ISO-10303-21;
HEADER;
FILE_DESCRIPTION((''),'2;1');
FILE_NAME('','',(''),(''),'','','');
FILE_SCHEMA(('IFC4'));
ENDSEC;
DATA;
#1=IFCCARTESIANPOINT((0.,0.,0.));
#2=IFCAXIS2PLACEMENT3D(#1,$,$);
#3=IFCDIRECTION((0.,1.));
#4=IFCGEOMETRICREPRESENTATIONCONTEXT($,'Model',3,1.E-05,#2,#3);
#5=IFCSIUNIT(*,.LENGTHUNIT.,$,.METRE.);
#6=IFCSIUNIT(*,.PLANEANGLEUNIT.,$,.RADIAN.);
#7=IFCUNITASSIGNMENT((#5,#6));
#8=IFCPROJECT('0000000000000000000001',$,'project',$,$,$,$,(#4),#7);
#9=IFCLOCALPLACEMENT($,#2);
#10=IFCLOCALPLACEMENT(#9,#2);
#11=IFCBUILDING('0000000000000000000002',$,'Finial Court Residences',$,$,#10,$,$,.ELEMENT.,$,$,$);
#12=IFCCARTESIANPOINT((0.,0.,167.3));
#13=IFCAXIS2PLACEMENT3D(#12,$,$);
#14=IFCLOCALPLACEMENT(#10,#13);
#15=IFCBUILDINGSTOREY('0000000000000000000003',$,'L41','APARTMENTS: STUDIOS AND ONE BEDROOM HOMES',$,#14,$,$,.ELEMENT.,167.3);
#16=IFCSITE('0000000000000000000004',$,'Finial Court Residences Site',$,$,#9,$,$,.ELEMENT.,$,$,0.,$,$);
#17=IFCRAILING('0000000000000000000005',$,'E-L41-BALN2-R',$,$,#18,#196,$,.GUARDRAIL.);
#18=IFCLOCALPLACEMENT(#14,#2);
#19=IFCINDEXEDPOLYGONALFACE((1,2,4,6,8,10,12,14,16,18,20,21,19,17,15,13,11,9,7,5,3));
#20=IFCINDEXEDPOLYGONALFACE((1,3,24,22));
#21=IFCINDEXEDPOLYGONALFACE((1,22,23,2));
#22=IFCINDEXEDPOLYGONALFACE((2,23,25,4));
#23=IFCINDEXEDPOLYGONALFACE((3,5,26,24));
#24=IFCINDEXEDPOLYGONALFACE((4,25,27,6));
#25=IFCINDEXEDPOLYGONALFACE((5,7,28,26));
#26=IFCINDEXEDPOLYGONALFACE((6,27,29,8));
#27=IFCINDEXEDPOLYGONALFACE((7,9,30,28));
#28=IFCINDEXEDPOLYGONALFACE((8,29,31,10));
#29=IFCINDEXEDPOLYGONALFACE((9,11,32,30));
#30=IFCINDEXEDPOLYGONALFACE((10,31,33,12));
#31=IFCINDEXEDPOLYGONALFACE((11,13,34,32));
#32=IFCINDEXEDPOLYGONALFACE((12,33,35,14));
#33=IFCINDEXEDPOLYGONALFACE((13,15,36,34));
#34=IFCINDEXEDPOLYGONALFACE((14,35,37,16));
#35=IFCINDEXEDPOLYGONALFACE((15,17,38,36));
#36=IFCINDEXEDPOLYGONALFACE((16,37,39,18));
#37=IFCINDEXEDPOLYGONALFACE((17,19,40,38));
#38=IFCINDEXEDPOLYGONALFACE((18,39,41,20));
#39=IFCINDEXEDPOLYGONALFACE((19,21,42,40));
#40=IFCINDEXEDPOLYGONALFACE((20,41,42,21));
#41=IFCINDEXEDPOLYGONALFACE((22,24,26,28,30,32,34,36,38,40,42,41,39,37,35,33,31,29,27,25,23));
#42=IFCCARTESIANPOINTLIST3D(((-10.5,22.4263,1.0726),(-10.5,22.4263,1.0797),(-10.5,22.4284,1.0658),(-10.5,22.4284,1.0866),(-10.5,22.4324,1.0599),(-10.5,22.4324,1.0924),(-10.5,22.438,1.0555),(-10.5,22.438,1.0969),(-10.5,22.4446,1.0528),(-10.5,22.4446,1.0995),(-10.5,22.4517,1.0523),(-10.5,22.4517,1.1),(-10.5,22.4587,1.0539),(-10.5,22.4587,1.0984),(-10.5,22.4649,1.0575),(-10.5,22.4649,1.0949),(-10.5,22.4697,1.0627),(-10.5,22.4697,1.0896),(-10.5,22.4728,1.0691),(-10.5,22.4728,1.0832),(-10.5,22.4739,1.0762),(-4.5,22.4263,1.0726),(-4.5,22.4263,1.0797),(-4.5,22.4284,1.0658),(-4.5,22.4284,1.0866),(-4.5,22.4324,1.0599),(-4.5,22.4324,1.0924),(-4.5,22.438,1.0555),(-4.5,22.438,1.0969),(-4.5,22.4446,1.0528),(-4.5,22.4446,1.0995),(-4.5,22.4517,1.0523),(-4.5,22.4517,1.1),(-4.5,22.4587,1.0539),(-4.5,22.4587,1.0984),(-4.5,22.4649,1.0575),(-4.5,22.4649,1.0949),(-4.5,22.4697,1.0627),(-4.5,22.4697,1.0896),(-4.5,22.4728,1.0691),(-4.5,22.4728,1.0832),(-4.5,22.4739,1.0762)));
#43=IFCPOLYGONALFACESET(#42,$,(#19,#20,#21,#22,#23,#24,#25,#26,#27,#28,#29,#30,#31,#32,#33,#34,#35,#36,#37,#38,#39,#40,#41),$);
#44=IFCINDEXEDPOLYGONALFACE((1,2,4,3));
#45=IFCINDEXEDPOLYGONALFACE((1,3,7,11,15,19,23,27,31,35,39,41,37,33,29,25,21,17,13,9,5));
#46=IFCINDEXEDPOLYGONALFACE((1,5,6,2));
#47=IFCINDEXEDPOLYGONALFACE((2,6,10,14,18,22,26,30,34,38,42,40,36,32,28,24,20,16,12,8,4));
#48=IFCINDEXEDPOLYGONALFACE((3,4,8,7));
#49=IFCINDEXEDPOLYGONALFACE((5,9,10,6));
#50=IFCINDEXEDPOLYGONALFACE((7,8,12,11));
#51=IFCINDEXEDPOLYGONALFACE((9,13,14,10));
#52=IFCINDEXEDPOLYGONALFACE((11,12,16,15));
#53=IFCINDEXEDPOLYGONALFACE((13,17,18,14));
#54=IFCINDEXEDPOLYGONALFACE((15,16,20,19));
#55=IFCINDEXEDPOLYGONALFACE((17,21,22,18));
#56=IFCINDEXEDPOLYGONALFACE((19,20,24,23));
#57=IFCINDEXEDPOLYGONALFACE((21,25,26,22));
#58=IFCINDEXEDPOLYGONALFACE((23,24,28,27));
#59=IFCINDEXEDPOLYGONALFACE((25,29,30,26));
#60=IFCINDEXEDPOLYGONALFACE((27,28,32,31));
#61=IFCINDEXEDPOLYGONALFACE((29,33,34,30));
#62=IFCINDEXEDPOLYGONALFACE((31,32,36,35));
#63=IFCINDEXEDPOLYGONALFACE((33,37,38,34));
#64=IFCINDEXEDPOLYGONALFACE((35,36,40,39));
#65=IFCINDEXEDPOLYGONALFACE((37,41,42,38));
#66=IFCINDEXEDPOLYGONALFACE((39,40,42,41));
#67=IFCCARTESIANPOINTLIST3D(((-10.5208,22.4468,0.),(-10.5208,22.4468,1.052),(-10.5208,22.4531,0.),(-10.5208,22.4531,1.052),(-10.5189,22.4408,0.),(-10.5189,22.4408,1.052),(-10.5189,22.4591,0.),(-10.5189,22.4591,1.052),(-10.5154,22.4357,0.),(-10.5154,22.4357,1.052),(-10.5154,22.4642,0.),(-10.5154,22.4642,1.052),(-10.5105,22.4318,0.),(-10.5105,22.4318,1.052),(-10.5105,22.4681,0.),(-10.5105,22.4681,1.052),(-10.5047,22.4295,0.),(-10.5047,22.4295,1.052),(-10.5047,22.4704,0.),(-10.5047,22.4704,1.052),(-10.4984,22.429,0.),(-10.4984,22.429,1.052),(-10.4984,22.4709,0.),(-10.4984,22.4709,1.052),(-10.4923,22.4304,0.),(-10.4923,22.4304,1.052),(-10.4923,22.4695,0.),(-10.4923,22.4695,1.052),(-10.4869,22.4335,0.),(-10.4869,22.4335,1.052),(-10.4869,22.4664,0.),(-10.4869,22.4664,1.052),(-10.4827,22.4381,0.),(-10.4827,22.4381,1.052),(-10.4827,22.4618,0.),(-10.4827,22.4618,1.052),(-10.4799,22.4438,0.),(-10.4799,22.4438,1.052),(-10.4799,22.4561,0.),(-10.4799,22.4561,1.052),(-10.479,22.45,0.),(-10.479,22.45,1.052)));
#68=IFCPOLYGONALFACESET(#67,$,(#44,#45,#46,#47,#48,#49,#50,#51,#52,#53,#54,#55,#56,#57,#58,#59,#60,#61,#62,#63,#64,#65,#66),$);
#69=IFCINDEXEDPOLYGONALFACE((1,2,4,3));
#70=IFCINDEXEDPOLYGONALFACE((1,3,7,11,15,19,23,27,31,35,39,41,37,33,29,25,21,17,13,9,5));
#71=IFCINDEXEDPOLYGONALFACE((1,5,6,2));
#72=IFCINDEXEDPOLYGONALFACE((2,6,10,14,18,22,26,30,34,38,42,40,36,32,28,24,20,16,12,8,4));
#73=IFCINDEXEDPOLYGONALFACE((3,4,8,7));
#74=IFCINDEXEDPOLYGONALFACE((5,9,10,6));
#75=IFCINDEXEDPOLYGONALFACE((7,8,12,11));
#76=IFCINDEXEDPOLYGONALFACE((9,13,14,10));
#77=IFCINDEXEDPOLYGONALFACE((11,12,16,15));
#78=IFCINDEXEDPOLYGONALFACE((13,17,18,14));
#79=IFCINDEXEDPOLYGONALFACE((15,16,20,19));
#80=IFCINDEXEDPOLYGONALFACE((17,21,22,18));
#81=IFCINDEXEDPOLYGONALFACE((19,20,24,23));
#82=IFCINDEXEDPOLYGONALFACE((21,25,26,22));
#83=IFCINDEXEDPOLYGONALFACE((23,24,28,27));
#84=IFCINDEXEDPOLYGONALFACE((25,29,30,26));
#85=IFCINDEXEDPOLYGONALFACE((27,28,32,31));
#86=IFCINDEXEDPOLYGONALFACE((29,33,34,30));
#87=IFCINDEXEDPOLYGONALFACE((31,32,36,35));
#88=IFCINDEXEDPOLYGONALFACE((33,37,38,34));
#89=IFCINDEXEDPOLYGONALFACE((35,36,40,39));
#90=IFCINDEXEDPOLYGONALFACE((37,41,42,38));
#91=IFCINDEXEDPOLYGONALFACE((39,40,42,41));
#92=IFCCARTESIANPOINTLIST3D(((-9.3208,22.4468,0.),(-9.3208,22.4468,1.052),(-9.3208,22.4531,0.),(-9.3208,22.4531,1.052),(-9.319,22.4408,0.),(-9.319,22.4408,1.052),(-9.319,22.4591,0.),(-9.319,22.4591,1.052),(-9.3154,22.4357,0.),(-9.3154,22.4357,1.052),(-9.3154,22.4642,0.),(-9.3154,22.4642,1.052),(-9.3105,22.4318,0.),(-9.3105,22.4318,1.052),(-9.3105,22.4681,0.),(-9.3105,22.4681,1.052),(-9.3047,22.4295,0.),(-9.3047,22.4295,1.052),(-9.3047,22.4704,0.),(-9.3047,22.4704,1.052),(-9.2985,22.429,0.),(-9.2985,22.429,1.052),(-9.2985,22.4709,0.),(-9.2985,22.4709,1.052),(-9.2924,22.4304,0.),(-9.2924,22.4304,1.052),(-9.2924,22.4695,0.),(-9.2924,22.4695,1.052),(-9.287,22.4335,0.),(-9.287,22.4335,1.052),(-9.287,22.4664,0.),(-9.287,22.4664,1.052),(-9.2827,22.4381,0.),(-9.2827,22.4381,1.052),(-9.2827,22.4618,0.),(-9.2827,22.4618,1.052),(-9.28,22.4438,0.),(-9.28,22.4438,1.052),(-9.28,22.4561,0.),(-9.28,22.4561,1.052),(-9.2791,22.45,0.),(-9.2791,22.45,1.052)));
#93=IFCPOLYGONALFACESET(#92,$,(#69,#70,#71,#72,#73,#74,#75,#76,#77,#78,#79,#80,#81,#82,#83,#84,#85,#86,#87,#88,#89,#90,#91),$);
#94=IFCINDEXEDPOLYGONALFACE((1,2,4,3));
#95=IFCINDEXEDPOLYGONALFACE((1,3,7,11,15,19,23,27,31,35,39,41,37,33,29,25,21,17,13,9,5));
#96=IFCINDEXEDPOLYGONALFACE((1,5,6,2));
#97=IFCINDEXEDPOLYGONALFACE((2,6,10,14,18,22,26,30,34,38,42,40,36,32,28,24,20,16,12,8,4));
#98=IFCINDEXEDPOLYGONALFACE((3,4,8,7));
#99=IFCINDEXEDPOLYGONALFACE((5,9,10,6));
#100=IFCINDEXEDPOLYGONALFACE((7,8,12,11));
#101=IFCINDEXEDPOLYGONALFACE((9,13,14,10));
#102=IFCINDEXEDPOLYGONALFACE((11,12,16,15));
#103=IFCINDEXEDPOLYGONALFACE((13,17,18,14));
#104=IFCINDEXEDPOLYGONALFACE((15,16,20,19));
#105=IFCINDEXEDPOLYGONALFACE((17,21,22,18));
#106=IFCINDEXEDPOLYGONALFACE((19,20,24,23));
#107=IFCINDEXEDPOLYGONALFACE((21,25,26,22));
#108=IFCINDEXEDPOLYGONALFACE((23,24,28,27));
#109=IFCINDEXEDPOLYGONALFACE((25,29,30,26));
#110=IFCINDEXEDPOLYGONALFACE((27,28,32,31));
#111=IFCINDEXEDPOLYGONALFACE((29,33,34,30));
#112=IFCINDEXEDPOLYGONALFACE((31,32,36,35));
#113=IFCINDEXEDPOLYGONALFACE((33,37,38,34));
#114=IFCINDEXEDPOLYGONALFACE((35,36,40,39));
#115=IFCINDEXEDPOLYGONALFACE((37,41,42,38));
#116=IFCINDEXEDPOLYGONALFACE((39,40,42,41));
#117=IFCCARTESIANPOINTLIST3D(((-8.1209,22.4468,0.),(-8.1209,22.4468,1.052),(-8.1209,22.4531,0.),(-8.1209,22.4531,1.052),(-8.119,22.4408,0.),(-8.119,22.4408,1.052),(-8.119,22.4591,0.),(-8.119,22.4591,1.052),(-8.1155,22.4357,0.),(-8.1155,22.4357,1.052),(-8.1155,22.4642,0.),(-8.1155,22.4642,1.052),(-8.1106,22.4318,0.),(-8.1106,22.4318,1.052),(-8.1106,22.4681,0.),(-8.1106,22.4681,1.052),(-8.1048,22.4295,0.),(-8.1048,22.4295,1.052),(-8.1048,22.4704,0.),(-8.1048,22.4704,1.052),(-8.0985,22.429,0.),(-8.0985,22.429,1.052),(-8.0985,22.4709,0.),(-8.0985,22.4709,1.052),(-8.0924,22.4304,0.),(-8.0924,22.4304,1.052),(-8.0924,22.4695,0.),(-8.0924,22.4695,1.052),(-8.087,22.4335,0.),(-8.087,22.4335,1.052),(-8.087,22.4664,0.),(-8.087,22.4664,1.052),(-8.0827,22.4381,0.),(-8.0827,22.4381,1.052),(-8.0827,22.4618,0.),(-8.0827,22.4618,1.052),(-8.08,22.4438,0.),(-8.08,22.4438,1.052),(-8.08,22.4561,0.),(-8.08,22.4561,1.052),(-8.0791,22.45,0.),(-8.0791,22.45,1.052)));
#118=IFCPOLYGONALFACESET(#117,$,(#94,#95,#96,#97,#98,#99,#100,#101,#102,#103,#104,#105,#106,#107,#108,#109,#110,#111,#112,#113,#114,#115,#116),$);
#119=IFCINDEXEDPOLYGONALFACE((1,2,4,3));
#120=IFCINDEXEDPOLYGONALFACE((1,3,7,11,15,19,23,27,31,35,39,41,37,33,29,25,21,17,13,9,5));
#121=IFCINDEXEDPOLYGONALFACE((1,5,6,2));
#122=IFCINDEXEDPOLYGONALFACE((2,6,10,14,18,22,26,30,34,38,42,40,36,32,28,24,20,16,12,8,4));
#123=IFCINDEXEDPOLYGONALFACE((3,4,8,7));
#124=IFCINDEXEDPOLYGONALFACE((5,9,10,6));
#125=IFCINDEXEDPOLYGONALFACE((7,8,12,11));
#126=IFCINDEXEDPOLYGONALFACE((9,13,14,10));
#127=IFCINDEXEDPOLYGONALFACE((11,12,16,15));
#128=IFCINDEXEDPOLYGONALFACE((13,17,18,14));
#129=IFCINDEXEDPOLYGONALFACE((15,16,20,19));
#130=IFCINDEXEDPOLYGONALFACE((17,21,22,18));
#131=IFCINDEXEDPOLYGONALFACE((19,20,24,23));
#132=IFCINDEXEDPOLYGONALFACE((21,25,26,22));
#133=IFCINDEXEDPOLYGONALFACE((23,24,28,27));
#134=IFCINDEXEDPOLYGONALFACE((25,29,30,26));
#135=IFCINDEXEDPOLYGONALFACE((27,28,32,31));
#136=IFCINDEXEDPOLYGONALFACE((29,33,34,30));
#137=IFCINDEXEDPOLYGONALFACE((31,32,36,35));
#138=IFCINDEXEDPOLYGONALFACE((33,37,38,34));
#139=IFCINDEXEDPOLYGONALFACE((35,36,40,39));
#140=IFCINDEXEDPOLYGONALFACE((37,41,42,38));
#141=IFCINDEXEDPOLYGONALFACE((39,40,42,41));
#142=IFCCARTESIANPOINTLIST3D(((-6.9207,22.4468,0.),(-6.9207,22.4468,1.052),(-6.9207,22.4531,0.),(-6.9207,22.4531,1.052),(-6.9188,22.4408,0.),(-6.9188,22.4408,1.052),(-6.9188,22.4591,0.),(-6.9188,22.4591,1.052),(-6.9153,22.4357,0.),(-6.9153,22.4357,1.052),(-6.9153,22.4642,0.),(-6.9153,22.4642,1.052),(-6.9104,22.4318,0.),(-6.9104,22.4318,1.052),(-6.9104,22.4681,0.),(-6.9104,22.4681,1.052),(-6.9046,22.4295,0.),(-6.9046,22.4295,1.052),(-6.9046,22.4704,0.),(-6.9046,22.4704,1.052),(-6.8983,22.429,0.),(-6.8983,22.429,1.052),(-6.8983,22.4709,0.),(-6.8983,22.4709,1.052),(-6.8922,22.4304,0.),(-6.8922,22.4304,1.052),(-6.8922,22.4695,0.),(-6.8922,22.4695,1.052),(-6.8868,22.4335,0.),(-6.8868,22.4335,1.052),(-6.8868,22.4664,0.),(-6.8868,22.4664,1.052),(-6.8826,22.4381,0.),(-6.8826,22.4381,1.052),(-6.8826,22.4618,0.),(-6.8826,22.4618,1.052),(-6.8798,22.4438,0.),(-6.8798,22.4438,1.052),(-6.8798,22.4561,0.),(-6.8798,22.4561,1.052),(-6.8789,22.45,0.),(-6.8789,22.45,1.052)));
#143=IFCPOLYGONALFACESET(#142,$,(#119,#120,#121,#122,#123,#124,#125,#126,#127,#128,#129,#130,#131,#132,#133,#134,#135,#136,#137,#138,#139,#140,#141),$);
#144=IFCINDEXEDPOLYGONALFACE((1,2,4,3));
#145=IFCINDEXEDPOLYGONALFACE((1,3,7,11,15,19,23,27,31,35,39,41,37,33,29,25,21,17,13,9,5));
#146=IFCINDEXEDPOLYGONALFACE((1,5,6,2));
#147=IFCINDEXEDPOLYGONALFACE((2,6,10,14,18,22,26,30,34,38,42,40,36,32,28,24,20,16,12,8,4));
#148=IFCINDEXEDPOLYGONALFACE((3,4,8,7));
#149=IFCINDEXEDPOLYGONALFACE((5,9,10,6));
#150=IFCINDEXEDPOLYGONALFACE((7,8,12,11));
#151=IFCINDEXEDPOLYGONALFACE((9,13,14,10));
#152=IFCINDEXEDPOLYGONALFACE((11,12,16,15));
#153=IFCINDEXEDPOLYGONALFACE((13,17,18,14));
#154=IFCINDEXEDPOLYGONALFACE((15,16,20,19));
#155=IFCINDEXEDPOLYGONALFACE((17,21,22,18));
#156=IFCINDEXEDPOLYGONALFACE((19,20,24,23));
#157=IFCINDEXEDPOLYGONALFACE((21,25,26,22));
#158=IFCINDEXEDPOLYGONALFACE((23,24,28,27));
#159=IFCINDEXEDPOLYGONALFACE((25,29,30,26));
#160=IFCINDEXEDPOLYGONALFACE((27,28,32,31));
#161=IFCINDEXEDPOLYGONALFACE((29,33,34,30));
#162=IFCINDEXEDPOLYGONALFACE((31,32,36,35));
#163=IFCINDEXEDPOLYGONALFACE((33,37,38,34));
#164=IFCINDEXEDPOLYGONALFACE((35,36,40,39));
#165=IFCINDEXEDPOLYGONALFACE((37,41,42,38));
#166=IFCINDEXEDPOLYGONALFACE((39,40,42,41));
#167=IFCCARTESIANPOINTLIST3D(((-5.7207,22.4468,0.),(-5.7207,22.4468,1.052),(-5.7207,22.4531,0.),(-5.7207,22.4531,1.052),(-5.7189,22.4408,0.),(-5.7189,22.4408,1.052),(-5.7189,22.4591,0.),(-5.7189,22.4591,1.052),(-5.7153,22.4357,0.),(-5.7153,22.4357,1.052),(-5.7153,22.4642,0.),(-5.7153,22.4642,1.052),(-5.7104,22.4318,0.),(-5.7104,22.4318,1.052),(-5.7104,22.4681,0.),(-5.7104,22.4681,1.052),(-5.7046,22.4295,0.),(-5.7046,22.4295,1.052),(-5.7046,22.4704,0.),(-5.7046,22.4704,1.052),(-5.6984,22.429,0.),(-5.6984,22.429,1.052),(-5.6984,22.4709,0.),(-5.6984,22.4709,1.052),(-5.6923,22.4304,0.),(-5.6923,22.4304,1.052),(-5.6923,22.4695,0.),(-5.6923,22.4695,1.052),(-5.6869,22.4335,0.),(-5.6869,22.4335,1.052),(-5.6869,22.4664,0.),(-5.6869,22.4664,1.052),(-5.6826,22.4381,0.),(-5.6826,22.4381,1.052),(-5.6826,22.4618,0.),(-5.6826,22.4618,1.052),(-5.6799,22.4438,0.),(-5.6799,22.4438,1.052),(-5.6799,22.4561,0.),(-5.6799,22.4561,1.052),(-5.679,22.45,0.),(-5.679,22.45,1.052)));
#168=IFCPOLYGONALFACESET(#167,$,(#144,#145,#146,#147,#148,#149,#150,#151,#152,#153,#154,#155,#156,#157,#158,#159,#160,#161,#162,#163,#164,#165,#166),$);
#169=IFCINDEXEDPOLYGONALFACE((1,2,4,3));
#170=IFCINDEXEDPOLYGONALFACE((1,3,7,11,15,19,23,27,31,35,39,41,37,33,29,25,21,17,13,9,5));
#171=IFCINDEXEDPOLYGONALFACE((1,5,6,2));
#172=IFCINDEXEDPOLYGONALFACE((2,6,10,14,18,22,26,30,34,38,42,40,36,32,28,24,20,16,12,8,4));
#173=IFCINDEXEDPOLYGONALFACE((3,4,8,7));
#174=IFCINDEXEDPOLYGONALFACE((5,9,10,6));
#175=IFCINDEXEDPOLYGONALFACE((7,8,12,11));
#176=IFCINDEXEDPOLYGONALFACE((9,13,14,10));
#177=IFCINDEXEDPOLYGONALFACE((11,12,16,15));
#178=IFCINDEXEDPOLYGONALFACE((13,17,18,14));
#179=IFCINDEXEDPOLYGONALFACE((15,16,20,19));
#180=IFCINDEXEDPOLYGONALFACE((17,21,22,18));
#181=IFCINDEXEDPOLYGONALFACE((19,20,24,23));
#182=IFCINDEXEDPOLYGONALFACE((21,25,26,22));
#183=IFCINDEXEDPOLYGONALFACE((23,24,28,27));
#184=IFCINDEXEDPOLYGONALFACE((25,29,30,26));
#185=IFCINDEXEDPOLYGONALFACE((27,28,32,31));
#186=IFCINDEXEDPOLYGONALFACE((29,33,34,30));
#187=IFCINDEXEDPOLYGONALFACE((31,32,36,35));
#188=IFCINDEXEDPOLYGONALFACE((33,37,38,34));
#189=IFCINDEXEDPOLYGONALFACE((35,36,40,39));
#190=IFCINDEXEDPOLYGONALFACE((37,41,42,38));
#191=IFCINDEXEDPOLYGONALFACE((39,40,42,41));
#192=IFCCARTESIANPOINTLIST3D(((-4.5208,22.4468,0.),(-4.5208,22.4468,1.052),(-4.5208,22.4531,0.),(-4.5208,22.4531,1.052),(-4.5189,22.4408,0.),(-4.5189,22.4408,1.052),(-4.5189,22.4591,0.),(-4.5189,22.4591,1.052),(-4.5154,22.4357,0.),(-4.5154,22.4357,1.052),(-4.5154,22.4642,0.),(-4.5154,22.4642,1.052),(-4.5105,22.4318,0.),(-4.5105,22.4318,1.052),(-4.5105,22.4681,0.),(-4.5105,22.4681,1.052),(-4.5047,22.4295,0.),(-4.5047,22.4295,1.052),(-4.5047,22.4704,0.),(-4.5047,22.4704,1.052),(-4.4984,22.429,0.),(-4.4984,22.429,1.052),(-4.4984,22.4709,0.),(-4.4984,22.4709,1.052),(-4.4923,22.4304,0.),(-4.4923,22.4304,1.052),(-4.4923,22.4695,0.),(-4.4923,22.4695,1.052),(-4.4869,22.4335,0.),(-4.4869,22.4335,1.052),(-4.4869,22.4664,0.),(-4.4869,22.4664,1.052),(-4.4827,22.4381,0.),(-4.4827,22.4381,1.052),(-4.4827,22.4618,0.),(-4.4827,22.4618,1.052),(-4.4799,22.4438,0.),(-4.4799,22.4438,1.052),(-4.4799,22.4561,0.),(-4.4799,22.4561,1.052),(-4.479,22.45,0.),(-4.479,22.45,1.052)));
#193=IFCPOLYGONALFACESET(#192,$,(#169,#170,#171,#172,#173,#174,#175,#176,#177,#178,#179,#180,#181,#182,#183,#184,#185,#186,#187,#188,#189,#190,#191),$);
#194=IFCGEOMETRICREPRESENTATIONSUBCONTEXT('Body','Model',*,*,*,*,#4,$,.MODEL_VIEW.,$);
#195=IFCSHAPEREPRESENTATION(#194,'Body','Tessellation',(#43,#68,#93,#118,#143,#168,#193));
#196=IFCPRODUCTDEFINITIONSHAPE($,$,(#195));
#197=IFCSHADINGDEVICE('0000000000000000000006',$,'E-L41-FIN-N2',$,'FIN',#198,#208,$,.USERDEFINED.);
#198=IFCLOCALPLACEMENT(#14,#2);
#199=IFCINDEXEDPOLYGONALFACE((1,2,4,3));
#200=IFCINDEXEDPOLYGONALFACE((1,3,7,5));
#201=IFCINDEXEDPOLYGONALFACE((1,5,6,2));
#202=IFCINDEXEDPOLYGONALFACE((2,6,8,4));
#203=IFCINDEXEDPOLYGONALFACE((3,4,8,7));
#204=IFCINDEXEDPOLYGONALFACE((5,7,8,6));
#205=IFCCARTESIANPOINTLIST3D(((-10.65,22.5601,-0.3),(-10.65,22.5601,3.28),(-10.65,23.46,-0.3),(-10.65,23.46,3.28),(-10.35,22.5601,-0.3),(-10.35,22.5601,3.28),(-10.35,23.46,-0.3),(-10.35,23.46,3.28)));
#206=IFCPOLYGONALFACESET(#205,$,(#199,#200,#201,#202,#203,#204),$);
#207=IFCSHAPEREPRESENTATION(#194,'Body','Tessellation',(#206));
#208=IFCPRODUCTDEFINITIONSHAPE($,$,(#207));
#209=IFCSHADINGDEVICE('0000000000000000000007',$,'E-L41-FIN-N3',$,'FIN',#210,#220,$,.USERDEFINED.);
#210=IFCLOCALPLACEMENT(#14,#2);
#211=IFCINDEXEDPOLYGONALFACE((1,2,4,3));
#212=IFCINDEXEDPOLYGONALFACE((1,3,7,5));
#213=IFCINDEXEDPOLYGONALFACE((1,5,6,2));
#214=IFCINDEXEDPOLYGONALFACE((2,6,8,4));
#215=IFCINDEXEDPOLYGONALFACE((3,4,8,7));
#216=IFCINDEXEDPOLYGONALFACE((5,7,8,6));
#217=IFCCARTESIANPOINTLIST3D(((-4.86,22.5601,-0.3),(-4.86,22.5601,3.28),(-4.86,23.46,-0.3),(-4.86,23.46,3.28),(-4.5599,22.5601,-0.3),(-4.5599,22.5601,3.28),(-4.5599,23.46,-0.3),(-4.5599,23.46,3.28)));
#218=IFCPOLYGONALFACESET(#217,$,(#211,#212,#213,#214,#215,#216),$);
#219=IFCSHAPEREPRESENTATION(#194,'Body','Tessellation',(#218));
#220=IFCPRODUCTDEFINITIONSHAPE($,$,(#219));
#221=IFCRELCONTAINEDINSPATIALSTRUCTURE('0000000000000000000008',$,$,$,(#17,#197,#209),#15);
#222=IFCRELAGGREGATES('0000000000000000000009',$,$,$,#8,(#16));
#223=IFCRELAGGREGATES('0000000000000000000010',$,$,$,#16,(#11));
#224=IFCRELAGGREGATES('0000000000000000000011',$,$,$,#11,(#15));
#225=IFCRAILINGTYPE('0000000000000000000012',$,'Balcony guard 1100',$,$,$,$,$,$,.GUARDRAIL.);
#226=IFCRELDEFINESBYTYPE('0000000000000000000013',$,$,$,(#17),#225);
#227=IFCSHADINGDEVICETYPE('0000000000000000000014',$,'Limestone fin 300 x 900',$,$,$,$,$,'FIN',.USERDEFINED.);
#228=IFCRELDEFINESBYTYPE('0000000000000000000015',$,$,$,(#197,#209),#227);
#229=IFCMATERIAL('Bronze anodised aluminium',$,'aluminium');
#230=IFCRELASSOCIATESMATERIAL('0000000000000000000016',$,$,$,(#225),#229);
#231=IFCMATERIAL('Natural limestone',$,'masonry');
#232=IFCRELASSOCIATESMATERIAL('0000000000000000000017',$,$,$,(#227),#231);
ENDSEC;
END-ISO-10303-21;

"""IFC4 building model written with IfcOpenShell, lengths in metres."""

from ifc_helpers import new_model, si_unit, direction, frame, origin, origin_2d, place, context, subcontext, project, spatial, rectangle, circle, extrude, material, type_object, element, save


model = new_model("IFC4")

# Units and contexts
model_context = context("Model", 3, precision=1e-05, world=origin(), true_north=direction((0.0, 1.0)))
body_context = subcontext(model_context, "Body", "Model", "MODEL_VIEW")
ifc_project = project(units=[si_unit("LENGTHUNIT", "METRE"), si_unit("PLANEANGLEUNIT", "RADIAN")], contexts=[model_context])

# Site, building, storey
site_placement = place(None, origin())
site = spatial("IfcSite", under=ifc_project, at=site_placement, Name="Finial Court Residences Site", CompositionType="ELEMENT", RefElevation=0.0)
building_placement = place(site_placement, origin())
building = spatial("IfcBuilding", under=site, at=building_placement, Name="Finial Court Residences", CompositionType="ELEMENT")
storey_placement = place(building_placement, frame((0.0, 0.0, 167.3)))
storey = spatial("IfcBuildingStorey", under=building, at=storey_placement, Name="L41", Description="APARTMENTS: STUDIOS AND ONE BEDROOM HOMES", CompositionType="ELEMENT", Elevation=167.3)

# Shared definitions
ifc_material_1 = material(Name="Bronze anodised aluminium", Category="aluminium")

# Shared definitions
ifc_material_2 = material(Name="Natural limestone", Category="masonry")

# Railing
railing_type = type_object("IfcRailingType", Name="Balcony guard 1100", PredefinedType="GUARDRAIL", material=ifc_material_1)
railing_placement = place(storey_placement, frame((-10.5, 22.45, 0.0)))
element("IfcRailing", 1, at=railing_placement, inside=storey, type_object=railing_type, Name="E-L41-BALN2-R", PredefinedType="GUARDRAIL", context=body_context, shape_type="SweptSolid", body=[
    extrude(circle(Radius=0.0239, at=origin_2d()), frame((0.0, 0.0, 1.0762), z_axis=(1.0, 0.0, 0.0), x_axis=(0.0, 1.0, 0.0)), (0.0, 0.0, 1.0), 6.0),
    extrude(circle(Radius=0.021, at=origin_2d()), origin(), (0.0, 0.0, 1.0), 1.052),
    extrude(circle(Radius=0.021, at=origin_2d()), frame((1.2, 0.0, 0.0)), (0.0, 0.0, 1.0), 1.052),
    extrude(circle(Radius=0.021, at=origin_2d()), frame((2.3999, 0.0, 0.0)), (0.0, 0.0, 1.0), 1.052),
    extrude(circle(Radius=0.021, at=origin_2d()), frame((3.6001, 0.0, 0.0)), (0.0, 0.0, 1.0), 1.052),
    extrude(circle(Radius=0.021, at=origin_2d()), frame((4.8, 0.0, 0.0)), (0.0, 0.0, 1.0), 1.052),
    extrude(circle(Radius=0.021, at=origin_2d()), frame((6.0, 0.0, 0.0)), (0.0, 0.0, 1.0), 1.052),
])

# Shading devices
shading_device_type = type_object("IfcShadingDeviceType", Name="Limestone fin 300 x 900", ElementType="FIN", PredefinedType="USERDEFINED", material=ifc_material_2)
for number, where, z_axis, x_axis, name in (
    (2, (-10.5, 23.01, -0.3), (0.0, 0.0, 1.0), (1.0, 0.0, 0.0), "E-L41-FIN-N2"),
    (3, (-4.71, 23.01, -0.3), (0.0, 0.0, 1.0), (1.0, 0.0, 0.0), "E-L41-FIN-N3"),
):
    element("IfcShadingDevice", number, at=place(storey_placement, frame(where, z_axis=z_axis, x_axis=x_axis)), inside=storey, type_object=shading_device_type, Name=name, ObjectType="FIN", PredefinedType="USERDEFINED", context=body_context, shape_type="SweptSolid", body=[
        extrude(rectangle(XDim=0.3, YDim=0.8999, at=origin_2d()), origin(), (0.0, 0.0, 1.0), 3.5801),
    ])

save(model, "model.ifc")
